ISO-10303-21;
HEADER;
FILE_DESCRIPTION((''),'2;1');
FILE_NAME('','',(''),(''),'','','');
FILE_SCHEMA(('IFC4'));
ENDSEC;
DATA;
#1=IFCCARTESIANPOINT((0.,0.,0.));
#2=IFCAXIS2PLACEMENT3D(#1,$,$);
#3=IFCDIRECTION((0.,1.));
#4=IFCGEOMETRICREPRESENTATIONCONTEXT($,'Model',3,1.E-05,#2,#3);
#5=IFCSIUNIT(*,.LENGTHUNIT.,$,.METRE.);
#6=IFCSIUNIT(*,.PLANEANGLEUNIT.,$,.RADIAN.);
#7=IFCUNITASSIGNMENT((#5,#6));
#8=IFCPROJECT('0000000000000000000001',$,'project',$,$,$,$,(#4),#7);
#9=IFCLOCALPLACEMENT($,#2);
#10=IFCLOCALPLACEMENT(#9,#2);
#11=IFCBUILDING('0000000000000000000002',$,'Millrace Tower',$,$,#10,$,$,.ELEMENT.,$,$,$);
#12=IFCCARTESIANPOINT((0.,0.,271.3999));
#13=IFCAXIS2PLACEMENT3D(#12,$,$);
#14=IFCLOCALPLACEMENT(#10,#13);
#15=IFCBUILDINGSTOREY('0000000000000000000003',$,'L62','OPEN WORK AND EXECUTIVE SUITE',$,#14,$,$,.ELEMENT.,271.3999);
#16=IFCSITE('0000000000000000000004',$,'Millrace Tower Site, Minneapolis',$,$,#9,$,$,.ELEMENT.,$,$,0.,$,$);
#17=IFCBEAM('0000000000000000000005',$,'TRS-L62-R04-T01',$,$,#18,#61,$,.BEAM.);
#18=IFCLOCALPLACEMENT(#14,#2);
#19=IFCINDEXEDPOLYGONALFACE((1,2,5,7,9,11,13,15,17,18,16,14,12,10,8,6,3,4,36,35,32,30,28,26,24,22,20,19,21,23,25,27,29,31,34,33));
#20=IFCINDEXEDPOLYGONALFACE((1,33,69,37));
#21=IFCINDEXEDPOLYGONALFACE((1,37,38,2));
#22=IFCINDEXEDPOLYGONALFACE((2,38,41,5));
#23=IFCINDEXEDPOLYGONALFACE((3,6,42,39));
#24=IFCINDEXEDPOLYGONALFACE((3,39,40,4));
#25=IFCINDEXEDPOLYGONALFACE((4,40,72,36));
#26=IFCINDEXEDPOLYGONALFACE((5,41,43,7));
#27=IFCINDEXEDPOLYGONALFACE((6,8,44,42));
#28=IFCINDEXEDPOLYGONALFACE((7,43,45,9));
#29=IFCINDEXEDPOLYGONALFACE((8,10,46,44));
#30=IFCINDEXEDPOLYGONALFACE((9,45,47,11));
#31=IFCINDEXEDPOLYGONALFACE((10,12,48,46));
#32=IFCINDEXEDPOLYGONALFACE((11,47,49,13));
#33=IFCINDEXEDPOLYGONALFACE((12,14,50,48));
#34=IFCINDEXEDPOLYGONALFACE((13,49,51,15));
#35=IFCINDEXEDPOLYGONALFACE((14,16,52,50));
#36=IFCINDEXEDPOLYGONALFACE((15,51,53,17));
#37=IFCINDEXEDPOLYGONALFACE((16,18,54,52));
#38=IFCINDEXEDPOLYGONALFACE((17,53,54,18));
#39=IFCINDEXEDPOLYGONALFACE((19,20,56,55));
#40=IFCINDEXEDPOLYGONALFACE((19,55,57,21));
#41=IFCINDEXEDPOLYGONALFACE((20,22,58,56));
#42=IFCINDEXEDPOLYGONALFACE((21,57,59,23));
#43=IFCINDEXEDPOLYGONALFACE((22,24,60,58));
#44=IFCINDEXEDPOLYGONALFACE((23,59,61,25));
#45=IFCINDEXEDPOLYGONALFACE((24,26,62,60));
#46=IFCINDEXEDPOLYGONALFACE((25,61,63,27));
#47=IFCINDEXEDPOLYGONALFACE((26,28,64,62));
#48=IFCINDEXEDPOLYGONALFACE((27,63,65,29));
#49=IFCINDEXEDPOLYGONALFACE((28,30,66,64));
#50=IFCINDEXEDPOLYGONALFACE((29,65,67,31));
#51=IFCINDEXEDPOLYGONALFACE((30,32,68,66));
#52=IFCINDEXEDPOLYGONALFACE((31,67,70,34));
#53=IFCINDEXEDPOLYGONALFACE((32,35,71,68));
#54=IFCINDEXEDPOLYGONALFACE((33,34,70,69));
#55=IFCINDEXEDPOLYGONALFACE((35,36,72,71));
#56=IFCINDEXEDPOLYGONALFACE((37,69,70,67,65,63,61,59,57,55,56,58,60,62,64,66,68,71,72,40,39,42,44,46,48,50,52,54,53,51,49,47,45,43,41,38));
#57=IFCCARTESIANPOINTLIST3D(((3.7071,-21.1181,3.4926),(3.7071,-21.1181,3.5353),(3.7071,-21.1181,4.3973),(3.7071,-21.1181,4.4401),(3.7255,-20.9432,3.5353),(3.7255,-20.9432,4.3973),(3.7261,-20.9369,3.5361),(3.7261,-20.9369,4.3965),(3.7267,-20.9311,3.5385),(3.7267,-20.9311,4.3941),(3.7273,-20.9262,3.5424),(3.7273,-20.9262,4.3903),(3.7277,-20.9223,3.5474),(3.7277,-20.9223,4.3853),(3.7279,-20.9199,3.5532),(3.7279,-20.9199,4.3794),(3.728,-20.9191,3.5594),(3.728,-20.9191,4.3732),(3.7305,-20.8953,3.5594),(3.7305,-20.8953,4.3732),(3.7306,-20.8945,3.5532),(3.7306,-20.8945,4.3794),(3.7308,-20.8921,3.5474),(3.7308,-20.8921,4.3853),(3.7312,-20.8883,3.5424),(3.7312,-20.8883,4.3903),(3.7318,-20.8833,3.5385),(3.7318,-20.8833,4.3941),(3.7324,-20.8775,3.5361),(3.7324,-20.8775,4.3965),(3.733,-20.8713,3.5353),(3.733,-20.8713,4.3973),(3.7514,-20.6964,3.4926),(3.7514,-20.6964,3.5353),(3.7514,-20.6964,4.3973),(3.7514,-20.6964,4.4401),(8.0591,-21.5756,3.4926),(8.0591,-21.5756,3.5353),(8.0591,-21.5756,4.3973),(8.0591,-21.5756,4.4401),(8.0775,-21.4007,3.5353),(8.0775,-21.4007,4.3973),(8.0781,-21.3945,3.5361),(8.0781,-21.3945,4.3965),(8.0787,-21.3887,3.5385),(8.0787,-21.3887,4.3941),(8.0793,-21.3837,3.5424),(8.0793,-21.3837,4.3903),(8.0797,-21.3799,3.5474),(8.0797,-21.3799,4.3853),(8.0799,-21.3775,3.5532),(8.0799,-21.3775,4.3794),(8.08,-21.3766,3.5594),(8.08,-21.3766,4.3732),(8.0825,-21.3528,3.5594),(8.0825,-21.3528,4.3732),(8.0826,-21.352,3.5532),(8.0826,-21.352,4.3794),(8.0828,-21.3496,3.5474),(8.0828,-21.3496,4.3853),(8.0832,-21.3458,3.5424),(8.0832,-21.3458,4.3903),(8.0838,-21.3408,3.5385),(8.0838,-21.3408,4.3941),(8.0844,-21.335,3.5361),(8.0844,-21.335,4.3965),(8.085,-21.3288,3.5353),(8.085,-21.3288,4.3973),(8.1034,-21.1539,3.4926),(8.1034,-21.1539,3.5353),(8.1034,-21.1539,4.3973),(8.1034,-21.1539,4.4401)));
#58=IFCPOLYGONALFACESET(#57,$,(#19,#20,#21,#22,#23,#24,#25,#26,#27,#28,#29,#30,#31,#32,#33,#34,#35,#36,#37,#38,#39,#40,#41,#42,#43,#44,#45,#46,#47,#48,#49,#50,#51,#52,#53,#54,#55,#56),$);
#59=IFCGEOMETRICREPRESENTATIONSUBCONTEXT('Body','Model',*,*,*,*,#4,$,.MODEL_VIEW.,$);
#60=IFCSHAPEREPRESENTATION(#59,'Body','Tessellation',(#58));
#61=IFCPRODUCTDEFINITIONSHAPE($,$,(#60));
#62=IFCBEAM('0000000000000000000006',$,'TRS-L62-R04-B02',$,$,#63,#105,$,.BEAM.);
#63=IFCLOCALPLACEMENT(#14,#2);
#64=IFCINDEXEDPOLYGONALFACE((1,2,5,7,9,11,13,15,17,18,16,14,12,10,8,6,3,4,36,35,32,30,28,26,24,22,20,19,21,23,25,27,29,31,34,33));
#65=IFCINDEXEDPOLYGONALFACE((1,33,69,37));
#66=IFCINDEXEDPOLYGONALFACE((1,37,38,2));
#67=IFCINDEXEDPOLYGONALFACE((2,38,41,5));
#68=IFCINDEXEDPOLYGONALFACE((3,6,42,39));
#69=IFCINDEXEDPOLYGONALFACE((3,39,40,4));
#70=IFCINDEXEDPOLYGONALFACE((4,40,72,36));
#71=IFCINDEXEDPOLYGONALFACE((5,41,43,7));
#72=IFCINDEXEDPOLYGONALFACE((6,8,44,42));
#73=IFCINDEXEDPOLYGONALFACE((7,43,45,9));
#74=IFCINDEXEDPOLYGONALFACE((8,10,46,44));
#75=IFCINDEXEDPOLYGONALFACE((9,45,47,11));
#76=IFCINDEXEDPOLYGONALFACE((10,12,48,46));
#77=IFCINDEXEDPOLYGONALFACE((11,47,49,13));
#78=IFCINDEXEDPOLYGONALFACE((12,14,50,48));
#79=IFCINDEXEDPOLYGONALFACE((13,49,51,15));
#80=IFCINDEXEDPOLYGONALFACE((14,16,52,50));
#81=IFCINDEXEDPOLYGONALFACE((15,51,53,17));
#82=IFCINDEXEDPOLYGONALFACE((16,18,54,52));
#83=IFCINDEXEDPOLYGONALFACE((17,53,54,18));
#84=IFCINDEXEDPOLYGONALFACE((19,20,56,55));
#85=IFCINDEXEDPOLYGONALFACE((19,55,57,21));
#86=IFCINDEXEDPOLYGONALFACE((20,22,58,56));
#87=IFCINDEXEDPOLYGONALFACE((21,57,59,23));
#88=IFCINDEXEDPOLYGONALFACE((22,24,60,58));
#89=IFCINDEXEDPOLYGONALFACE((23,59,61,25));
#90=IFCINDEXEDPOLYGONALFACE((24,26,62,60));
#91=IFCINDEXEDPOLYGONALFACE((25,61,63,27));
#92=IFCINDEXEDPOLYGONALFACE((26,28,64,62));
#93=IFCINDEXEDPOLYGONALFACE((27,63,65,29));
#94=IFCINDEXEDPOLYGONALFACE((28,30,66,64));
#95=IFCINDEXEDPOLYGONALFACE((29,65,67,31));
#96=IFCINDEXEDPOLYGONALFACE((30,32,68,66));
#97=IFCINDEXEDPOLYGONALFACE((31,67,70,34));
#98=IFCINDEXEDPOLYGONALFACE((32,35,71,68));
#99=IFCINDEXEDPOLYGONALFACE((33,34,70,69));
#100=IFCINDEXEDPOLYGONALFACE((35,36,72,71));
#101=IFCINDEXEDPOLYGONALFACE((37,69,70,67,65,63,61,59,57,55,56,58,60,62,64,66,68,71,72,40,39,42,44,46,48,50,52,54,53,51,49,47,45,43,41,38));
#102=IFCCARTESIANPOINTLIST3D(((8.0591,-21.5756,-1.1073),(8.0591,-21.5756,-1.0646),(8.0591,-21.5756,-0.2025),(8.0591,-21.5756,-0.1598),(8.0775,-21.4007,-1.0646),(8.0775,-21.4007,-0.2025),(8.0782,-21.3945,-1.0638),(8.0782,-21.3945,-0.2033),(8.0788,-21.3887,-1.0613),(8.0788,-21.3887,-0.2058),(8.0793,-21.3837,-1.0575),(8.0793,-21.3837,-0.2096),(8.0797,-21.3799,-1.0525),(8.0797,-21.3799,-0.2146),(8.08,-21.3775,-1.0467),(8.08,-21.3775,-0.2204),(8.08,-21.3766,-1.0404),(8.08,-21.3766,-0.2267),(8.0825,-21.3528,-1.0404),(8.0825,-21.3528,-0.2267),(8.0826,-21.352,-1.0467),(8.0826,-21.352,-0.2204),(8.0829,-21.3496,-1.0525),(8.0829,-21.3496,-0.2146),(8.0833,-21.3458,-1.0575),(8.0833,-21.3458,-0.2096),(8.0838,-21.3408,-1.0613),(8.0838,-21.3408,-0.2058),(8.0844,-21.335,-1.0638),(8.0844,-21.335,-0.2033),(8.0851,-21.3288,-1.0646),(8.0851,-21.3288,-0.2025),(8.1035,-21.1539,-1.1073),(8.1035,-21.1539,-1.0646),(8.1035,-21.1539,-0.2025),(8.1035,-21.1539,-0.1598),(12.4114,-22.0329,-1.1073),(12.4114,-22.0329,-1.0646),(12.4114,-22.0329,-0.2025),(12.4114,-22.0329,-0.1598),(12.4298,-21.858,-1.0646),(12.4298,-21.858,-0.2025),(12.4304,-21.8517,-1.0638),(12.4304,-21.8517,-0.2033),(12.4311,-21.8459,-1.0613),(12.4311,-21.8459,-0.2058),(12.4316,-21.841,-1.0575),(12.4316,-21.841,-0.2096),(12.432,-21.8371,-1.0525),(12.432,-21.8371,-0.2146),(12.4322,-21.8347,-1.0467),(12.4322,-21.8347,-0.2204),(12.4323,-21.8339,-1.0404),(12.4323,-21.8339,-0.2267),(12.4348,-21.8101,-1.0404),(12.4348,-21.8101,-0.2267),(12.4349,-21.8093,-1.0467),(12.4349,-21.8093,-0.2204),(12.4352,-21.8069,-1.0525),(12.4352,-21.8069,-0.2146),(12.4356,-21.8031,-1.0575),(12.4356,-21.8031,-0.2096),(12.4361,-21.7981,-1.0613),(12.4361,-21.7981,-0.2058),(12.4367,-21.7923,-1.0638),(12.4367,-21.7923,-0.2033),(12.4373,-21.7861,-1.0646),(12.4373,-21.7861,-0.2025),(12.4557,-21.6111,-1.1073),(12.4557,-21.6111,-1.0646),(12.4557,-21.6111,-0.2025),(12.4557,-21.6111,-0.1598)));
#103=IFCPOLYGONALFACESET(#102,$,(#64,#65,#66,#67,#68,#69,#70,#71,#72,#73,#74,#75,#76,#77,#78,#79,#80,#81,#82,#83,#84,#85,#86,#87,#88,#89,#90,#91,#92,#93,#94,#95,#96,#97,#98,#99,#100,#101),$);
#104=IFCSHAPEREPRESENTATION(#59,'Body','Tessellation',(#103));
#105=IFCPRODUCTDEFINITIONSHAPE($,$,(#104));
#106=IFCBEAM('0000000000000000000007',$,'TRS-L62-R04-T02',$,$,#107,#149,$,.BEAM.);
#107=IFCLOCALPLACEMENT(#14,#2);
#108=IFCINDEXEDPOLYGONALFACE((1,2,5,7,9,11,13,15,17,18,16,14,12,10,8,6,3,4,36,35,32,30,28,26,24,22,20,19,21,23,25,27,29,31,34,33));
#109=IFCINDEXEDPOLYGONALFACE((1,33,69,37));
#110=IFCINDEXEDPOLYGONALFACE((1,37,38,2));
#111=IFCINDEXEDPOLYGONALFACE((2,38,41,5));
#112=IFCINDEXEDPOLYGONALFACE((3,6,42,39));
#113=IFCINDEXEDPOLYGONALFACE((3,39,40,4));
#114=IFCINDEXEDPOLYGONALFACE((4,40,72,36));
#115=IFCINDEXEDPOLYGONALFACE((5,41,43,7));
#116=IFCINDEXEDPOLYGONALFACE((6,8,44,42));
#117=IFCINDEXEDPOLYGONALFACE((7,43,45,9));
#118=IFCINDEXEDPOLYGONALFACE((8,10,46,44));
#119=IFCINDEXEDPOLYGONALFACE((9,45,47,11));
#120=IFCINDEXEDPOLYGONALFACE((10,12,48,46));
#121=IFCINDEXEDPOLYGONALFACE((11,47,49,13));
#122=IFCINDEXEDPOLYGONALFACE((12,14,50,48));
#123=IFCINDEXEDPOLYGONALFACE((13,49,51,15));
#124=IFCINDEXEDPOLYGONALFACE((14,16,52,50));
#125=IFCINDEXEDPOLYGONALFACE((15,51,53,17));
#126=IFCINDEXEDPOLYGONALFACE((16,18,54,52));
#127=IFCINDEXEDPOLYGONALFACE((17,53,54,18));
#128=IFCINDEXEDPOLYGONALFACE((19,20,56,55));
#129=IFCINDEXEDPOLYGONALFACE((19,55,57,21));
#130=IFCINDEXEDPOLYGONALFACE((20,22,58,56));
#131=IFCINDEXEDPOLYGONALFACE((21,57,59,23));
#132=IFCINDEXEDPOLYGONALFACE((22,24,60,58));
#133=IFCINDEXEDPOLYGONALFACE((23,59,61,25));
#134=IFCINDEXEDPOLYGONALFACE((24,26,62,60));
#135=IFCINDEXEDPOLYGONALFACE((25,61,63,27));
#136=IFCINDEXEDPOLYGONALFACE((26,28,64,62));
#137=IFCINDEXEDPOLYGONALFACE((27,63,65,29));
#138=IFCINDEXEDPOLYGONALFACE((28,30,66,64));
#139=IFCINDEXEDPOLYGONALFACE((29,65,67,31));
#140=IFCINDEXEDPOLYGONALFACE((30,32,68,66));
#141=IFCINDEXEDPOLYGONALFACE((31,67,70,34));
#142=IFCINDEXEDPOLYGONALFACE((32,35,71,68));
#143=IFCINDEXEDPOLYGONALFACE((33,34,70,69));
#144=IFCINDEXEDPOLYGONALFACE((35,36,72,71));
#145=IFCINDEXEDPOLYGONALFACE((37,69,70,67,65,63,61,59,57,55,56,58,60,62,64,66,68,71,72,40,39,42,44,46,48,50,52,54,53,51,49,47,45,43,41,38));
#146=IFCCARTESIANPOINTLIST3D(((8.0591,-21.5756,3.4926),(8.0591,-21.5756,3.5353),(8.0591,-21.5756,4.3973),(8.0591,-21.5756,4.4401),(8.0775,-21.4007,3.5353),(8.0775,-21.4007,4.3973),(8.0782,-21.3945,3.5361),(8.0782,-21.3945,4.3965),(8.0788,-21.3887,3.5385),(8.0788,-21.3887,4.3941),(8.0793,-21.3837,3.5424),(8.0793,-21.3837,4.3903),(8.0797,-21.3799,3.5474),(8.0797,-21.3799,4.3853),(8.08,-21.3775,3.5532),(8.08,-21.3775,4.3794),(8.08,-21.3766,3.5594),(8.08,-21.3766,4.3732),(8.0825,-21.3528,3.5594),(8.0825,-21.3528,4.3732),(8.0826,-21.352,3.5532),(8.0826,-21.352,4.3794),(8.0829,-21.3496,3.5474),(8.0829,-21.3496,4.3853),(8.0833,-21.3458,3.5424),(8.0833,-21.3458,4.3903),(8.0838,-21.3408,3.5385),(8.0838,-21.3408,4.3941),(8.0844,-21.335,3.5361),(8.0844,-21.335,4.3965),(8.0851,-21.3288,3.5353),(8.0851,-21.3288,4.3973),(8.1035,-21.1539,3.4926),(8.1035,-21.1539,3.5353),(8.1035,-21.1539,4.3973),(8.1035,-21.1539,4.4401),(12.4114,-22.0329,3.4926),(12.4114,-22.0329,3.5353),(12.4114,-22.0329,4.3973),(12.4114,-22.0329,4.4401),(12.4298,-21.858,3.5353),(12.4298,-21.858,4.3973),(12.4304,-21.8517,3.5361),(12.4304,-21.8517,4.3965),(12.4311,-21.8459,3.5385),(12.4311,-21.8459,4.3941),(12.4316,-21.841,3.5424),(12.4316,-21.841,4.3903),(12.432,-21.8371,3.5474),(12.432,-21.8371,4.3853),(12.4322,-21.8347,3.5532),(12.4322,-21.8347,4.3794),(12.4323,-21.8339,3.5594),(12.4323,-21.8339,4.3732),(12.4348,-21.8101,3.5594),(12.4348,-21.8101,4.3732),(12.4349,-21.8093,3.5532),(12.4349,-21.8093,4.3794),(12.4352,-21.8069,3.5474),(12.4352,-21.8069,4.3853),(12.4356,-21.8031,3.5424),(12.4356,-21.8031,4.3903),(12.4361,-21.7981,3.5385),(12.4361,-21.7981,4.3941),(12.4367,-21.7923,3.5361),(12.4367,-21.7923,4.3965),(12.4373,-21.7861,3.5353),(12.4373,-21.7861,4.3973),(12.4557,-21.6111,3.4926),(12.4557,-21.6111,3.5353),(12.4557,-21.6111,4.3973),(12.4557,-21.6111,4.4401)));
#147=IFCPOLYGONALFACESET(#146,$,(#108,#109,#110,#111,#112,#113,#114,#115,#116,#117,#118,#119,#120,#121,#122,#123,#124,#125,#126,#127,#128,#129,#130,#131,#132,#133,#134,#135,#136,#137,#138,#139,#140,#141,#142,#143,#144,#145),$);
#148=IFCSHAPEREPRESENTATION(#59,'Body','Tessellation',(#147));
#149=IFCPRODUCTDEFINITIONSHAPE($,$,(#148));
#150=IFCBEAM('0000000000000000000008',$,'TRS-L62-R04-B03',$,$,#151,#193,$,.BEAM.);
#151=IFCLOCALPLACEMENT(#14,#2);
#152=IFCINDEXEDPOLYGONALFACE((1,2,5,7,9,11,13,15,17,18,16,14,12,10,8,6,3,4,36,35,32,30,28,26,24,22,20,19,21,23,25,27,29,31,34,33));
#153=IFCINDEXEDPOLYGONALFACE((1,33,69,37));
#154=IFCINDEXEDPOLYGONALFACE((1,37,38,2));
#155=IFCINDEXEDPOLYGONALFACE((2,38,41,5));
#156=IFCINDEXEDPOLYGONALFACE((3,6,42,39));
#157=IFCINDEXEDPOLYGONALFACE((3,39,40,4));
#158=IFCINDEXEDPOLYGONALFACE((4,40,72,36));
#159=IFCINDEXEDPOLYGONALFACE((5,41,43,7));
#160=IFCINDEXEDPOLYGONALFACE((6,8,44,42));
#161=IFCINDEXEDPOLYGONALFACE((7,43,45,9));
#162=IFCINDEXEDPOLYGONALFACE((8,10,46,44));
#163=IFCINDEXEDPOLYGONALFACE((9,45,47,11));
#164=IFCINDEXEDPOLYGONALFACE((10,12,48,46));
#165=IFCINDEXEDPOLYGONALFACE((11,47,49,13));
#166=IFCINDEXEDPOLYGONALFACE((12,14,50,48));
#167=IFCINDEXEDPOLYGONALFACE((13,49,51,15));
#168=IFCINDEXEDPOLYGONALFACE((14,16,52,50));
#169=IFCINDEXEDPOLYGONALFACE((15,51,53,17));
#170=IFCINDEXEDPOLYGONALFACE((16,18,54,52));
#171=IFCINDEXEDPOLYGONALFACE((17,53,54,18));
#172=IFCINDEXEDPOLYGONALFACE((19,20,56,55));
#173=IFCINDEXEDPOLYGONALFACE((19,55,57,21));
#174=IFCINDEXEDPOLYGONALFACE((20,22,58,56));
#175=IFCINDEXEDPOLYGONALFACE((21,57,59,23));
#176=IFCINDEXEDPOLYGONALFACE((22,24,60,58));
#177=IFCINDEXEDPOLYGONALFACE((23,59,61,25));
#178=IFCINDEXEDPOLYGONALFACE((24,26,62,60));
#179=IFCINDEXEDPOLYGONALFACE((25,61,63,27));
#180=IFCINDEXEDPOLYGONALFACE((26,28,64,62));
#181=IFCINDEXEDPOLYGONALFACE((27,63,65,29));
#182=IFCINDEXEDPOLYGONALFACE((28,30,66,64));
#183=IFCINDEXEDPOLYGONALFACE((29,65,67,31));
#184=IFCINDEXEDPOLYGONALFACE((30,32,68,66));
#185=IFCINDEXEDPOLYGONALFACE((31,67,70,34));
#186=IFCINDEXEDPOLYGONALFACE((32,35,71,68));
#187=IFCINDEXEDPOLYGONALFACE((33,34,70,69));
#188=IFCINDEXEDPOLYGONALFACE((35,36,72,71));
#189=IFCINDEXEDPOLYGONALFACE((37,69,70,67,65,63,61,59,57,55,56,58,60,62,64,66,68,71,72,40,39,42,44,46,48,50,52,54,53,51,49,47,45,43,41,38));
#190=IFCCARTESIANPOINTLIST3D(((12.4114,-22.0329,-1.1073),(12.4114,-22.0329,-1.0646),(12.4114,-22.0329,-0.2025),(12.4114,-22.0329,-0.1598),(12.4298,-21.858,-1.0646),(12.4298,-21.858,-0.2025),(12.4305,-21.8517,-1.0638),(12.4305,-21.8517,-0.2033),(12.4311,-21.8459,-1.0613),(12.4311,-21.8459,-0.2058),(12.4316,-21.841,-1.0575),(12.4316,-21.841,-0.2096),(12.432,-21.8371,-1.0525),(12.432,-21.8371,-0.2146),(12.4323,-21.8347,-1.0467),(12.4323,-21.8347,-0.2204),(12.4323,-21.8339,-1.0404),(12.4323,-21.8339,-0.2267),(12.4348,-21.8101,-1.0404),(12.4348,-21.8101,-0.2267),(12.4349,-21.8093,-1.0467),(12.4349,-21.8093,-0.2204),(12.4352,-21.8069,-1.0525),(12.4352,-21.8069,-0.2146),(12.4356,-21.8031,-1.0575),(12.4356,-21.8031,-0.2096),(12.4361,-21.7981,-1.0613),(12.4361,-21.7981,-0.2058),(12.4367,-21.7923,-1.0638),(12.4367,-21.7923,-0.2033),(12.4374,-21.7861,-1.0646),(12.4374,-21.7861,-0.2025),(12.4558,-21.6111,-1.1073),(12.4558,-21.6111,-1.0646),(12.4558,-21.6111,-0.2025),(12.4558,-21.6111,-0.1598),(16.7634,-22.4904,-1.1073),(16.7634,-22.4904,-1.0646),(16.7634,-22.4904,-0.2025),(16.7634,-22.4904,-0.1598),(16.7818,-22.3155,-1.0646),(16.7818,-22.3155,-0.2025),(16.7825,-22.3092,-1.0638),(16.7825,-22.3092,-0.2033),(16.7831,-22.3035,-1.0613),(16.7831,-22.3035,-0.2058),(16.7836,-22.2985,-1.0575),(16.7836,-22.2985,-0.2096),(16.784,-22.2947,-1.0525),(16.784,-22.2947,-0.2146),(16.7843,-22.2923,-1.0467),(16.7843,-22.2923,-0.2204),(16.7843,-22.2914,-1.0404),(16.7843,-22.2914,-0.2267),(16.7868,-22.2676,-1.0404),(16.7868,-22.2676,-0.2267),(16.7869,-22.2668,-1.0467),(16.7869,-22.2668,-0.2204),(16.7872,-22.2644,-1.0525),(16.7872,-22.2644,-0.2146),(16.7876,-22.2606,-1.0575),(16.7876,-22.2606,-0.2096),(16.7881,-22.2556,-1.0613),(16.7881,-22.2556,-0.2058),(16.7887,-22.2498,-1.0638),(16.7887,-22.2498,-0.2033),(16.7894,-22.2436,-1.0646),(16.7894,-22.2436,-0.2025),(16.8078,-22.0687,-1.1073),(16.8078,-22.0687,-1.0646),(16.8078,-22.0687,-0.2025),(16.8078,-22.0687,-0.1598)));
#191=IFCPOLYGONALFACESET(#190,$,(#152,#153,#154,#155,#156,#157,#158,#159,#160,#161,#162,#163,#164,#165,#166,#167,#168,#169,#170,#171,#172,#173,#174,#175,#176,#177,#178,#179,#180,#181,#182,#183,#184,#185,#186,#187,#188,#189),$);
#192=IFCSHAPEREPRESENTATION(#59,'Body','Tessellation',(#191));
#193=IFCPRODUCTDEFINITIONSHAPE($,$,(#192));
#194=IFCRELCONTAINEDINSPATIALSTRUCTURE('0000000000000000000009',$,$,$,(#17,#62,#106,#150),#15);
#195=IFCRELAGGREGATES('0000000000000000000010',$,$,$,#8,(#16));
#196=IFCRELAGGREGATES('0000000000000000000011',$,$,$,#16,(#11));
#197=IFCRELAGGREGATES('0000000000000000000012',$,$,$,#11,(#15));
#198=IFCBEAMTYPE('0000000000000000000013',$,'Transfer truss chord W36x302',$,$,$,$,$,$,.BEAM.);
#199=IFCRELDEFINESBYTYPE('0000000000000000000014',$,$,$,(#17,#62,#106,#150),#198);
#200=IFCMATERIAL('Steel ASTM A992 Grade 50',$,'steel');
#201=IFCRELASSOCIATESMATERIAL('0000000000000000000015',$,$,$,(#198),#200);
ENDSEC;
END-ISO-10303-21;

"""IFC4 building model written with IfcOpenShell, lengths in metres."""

from ifc_helpers import new_model, si_unit, direction, frame, origin, origin_2d, place, context, subcontext, project, spatial, i_section, extrude, material, material_profile, profile_set, type_object, element, save


model = new_model("IFC4")

# Units and contexts
model_context = context("Model", 3, precision=1e-05, world=origin(), true_north=direction((0.0, 1.0)))
body_context = subcontext(model_context, "Body", "Model", "MODEL_VIEW")
ifc_project = project(units=[si_unit("LENGTHUNIT", "METRE"), si_unit("PLANEANGLEUNIT", "RADIAN")], contexts=[model_context])

# Site, building, storey
site_placement = place(None, origin())
site = spatial("IfcSite", under=ifc_project, at=site_placement, Name="Millrace Tower Site, Minneapolis", CompositionType="ELEMENT", RefElevation=0.0)
building_placement = place(site_placement, origin())
building = spatial("IfcBuilding", under=site, at=building_placement, Name="Millrace Tower", CompositionType="ELEMENT")
storey_placement = place(building_placement, frame((0.0, 0.0, 271.3999)))
storey = spatial("IfcBuildingStorey", under=building, at=storey_placement, Name="L62", Description="OPEN WORK AND EXECUTIVE SUITE", CompositionType="ELEMENT", Elevation=271.3999)

# Beams
ifc_material_1 = material(Name="Steel ASTM A992 Grade 50", Category="steel")
ifc_material_profile_1 = material_profile(ifc_material_1, i_section(OverallWidth=0.4241, OverallDepth=0.9475, WebThickness=0.0239, FlangeThickness=0.0427, FilletRadius=0.0242, at=origin_2d()))
ifc_profile_set_1 = profile_set([ifc_material_profile_1], Name="Steel ASTM A992 Grade 50")
beam_type_1 = type_object("IfcBeamType", Name="Transfer truss chord W36x302", PredefinedType="BEAM", material=ifc_profile_set_1)
for number, where, z_axis, x_axis, name in (
    (1, (3.7292, -20.9072, 3.9663), (0.99452, -0.104551, 0.0), (0.104551, 0.99452, 0.0), "TRS-L62-R04-T01"),
):
    element("IfcBeam", number, at=place(storey_placement, frame(where, z_axis=z_axis, x_axis=x_axis)), inside=storey, type_object=beam_type_1, Name=name, PredefinedType="BEAM", context=body_context, shape_type="SweptSolid", body=[
        extrude(i_section(OverallWidth=0.4241, OverallDepth=0.9475, WebThickness=0.0239, FlangeThickness=0.0427, FilletRadius=0.0242, at=origin_2d()), origin(), (0.0, 0.0, 1.0), 4.376),
    ])
for number, where, z_axis, x_axis, name in (
    (2, (8.0813, -21.3647, -0.6335), (0.994526, -0.10449, 0.0), (0.10449, 0.994526, 0.0), "TRS-L62-R04-B02"),
    (3, (8.0813, -21.3647, 3.9663), (0.994526, -0.10449, 0.0), (0.10449, 0.994526, 0.0), "TRS-L62-R04-T02"),
):
    element("IfcBeam", number, at=place(storey_placement, frame(where, z_axis=z_axis, x_axis=x_axis)), inside=storey, type_object=beam_type_1, Name=name, PredefinedType="BEAM", context=body_context, shape_type="SweptSolid", body=[
        extrude(i_section(OverallWidth=0.4241, OverallDepth=0.9475, WebThickness=0.0239, FlangeThickness=0.0427, FilletRadius=0.0242, at=origin_2d()), origin(), (0.0, 0.0, 1.0), 4.3762),
    ])
for number, where, z_axis, x_axis, name in (
    (4, (12.4336, -21.822, -0.6335), (0.99452, -0.104551, 0.0), (0.104551, 0.99452, 0.0), "TRS-L62-R04-B03"),
):
    element("IfcBeam", number, at=place(storey_placement, frame(where, z_axis=z_axis, x_axis=x_axis)), inside=storey, type_object=beam_type_1, Name=name, PredefinedType="BEAM", context=body_context, shape_type="SweptSolid", body=[
        extrude(i_section(OverallWidth=0.4241, OverallDepth=0.9475, WebThickness=0.0239, FlangeThickness=0.0427, FilletRadius=0.0242, at=origin_2d()), origin(), (0.0, 0.0, 1.0), 4.376),
    ])

save(model, "model.ifc")
